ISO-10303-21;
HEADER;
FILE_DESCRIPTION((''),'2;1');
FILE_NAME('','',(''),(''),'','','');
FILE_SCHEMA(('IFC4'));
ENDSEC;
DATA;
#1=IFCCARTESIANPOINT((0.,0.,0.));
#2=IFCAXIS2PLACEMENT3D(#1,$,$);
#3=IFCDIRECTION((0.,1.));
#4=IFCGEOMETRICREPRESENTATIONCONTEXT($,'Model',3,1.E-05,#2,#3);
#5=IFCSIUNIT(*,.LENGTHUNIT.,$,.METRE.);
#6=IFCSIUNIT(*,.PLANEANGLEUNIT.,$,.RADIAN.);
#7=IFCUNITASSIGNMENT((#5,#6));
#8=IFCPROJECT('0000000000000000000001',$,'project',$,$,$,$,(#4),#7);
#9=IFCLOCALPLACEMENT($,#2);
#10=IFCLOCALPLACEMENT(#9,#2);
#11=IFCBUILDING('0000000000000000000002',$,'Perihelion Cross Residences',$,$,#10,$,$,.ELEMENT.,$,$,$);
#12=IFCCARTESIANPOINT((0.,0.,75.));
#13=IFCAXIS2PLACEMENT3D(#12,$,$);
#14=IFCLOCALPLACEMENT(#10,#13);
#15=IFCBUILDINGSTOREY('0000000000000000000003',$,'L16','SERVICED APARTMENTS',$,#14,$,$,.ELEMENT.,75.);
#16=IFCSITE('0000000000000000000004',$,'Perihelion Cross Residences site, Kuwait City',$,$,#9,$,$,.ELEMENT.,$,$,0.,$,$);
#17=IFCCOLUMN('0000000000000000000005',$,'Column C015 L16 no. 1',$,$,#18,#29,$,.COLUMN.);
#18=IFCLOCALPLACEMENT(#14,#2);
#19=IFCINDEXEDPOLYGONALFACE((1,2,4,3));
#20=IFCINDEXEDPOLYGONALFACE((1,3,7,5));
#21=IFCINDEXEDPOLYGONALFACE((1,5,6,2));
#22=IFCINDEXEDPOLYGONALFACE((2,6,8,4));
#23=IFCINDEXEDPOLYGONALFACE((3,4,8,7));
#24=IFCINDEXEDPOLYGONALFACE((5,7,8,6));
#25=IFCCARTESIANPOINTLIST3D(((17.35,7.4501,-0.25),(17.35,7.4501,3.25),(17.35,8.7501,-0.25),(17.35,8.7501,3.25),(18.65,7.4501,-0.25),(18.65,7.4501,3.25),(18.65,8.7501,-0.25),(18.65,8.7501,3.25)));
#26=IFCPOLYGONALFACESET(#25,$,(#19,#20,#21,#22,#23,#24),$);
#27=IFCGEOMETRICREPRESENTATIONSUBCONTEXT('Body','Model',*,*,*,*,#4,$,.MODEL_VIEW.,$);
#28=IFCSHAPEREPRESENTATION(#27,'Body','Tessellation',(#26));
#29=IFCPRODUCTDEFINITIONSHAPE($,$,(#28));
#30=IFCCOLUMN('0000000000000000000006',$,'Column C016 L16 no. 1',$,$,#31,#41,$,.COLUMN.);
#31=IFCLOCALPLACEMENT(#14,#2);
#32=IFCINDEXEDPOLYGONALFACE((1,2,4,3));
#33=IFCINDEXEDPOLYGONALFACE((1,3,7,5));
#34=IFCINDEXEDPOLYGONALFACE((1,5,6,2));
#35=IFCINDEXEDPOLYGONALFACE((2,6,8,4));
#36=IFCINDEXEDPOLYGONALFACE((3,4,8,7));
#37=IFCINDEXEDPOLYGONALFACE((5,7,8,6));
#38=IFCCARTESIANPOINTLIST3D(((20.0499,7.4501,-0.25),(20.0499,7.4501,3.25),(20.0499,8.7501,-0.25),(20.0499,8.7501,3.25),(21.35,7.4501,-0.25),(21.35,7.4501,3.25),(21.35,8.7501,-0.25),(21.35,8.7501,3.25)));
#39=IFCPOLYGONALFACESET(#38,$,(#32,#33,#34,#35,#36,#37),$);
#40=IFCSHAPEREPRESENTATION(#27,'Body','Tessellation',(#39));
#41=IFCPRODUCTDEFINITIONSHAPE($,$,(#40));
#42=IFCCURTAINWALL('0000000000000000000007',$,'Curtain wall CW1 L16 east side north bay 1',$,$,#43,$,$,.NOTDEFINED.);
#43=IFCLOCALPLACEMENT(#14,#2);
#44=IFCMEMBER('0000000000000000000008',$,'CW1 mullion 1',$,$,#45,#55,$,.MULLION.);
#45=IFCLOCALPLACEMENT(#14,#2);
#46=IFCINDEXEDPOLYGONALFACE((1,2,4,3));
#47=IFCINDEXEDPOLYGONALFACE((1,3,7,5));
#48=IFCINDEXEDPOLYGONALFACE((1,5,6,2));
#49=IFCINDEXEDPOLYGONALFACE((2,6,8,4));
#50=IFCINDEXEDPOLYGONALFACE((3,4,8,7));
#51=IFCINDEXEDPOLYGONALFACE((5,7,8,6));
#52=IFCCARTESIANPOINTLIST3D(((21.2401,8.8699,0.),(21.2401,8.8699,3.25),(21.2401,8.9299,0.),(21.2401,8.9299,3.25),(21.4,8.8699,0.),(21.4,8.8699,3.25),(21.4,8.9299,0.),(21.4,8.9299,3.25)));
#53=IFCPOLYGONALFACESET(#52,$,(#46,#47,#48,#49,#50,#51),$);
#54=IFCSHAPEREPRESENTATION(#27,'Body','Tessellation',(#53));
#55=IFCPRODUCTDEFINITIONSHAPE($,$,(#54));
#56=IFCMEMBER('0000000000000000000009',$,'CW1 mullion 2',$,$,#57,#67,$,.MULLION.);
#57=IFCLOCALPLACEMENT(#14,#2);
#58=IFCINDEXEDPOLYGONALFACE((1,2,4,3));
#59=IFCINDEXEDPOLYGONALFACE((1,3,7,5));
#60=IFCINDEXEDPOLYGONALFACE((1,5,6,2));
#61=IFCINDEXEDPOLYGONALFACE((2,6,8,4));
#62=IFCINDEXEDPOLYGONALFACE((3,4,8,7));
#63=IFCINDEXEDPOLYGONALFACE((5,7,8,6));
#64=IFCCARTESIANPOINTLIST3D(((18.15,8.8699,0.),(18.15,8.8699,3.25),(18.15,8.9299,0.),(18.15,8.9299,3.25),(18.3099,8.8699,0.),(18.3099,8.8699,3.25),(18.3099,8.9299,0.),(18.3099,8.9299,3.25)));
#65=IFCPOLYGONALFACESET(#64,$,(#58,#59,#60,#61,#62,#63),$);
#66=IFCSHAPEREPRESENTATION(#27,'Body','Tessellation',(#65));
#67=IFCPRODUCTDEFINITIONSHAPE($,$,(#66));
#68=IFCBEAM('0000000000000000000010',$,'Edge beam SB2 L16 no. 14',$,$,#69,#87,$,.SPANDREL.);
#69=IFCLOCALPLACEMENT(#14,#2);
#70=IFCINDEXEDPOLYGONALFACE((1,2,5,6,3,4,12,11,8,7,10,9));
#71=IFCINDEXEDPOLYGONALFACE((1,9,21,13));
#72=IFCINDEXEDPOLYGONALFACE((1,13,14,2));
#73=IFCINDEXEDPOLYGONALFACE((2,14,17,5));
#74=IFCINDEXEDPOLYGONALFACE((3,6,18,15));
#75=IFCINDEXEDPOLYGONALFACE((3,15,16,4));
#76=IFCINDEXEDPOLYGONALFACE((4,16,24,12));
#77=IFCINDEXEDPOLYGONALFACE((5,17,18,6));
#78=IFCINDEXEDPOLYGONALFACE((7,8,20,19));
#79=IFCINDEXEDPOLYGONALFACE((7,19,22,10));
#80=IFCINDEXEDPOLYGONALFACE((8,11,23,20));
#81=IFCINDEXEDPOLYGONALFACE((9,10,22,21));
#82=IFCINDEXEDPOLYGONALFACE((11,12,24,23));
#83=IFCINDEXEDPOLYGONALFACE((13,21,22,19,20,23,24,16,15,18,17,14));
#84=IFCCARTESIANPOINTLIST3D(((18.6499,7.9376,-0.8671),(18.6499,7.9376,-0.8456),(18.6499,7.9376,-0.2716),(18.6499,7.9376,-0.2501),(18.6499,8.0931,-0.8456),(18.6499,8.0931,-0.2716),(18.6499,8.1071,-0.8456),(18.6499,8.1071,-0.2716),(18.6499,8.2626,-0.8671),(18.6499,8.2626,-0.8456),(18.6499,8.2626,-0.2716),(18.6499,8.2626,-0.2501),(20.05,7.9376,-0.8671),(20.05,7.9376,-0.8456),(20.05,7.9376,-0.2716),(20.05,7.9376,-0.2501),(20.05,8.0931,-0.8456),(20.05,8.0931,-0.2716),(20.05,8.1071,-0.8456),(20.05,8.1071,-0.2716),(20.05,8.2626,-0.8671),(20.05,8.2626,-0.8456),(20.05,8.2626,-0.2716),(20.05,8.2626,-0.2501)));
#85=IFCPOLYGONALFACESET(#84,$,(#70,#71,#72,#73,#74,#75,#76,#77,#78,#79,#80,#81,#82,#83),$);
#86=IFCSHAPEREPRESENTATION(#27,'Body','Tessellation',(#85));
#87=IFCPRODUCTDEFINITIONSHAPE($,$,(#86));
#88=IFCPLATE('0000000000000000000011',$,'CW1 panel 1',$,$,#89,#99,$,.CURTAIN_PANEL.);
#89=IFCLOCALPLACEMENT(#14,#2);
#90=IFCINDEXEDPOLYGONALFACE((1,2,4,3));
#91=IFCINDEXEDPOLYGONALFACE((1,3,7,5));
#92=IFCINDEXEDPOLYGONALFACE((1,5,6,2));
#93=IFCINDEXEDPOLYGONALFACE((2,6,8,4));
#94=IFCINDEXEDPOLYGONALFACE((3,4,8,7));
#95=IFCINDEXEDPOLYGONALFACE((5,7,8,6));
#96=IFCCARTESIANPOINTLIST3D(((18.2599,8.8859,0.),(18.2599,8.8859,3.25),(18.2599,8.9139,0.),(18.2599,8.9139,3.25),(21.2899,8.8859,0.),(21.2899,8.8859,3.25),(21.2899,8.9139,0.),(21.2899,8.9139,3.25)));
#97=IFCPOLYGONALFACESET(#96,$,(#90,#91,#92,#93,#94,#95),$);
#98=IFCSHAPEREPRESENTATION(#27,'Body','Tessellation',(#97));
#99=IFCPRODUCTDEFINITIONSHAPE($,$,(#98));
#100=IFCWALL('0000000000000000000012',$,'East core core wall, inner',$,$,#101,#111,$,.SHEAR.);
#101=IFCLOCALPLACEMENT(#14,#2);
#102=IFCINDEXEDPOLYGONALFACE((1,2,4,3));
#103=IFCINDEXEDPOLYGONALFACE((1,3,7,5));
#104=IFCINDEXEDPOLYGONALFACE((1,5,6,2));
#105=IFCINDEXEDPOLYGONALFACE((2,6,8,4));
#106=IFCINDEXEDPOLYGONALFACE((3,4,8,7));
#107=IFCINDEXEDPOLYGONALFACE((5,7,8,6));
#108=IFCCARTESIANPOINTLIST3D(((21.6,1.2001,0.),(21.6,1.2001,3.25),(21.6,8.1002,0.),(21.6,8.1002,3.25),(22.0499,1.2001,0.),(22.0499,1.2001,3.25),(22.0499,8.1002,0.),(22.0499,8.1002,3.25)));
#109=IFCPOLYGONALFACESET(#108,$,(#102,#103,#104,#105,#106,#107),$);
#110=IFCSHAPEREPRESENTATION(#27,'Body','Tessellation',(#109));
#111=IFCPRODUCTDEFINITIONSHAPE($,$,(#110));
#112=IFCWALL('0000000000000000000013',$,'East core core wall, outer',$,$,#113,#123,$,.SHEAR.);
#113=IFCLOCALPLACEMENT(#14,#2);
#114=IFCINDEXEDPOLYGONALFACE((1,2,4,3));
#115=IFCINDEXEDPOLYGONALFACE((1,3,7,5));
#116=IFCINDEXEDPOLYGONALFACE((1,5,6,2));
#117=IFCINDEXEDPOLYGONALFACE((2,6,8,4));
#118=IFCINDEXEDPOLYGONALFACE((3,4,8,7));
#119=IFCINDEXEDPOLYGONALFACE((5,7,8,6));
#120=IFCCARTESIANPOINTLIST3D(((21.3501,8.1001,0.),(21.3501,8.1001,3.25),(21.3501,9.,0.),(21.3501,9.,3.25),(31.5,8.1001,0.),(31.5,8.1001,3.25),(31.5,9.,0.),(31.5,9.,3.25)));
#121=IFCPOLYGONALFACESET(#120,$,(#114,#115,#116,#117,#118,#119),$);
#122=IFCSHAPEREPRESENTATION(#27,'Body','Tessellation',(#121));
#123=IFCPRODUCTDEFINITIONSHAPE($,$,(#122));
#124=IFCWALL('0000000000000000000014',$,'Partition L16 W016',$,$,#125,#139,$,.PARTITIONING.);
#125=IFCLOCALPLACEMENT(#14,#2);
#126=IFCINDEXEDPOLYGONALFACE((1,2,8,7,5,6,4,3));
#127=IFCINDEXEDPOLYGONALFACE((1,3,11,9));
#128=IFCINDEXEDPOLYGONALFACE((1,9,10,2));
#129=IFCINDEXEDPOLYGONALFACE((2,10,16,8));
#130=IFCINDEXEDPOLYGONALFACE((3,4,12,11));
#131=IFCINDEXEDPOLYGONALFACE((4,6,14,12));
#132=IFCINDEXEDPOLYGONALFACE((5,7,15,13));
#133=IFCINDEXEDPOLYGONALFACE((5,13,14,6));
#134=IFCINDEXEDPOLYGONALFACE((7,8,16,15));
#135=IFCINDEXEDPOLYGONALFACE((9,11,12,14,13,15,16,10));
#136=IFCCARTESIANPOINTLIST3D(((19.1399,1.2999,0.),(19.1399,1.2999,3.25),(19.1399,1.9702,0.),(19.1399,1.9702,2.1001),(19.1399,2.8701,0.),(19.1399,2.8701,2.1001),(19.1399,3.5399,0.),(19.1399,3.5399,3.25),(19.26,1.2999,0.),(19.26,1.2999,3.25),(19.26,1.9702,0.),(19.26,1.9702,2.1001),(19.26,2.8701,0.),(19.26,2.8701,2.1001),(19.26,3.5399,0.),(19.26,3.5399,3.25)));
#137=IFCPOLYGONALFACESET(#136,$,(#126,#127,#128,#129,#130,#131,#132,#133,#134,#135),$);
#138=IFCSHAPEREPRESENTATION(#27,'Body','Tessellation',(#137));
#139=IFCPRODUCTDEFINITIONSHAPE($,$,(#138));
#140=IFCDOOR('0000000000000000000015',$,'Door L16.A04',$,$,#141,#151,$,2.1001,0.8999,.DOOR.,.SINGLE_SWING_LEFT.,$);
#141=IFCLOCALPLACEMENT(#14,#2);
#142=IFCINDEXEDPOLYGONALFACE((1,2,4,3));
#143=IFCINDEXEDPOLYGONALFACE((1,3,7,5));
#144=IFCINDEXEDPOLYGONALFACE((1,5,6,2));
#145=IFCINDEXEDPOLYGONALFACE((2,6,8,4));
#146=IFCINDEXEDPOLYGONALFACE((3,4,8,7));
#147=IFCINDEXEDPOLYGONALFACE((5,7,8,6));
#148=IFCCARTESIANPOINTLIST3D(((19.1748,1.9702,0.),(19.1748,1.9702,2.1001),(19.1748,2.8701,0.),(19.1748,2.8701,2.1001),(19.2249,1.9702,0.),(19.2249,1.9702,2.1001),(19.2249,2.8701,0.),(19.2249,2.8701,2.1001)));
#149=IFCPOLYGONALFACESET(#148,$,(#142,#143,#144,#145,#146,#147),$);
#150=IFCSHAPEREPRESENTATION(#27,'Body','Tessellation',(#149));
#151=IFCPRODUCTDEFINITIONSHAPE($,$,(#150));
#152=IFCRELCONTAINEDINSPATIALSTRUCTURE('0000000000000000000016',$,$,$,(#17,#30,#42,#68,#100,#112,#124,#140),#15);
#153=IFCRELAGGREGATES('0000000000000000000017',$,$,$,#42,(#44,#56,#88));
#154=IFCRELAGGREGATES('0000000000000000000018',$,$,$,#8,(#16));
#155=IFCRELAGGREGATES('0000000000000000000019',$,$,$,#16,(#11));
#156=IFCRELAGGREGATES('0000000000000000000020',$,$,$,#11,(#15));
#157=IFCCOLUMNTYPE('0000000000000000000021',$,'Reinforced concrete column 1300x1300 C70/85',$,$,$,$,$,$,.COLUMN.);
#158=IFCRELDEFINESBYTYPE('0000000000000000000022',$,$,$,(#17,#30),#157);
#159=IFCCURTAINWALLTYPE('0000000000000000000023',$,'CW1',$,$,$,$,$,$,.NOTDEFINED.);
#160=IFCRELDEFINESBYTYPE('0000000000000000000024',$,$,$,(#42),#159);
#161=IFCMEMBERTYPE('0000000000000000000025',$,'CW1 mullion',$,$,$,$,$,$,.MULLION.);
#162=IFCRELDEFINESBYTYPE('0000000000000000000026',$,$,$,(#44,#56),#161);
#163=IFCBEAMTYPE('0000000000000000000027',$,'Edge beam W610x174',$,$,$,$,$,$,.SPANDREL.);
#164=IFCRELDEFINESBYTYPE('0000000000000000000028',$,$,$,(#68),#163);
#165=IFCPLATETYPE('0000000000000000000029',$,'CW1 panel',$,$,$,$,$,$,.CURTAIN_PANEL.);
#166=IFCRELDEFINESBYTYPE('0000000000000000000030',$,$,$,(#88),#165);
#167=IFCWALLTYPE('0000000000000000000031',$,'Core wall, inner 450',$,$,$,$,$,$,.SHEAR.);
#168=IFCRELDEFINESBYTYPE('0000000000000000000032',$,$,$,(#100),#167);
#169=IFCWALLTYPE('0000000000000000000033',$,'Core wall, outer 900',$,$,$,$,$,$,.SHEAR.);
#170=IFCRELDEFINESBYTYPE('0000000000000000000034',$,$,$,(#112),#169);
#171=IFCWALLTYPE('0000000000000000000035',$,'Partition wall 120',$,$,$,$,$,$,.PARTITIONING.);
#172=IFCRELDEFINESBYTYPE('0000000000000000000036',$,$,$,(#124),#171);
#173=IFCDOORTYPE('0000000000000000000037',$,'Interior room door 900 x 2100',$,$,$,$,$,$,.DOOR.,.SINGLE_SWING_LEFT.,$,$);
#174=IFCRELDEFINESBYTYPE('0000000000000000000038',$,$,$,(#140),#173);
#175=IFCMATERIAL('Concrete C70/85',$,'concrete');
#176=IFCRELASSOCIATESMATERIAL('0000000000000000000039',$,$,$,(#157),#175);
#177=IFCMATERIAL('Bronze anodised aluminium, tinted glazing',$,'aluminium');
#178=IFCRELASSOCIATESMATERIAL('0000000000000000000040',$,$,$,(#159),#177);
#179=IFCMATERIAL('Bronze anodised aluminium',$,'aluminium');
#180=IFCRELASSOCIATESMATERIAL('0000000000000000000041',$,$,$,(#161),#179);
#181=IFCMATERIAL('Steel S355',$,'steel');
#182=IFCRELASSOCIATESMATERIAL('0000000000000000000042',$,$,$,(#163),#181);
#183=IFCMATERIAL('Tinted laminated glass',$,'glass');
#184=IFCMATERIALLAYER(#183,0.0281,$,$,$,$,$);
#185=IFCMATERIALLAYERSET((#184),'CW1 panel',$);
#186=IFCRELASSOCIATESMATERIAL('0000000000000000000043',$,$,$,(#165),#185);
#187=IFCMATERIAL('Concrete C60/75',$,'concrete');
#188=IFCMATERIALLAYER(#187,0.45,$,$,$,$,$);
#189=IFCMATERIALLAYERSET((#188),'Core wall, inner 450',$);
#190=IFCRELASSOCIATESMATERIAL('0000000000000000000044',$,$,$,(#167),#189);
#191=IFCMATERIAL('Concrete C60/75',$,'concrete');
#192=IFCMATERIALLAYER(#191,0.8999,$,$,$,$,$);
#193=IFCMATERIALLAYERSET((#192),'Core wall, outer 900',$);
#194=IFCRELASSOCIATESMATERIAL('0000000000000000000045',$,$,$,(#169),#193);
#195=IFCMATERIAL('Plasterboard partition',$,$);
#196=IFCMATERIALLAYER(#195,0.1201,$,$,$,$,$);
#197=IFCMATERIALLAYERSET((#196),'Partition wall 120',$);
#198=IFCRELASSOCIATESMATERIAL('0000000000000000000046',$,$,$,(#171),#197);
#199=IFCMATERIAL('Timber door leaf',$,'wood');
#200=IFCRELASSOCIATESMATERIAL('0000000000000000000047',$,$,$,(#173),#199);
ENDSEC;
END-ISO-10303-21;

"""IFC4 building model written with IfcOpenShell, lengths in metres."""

from ifc_helpers import new_model, si_unit, direction, frame, frame_2d, origin, origin_2d, place, context, subcontext, project, spatial, rectangle, i_section, extrude, material, layer, layer_set, material_profile, profile_set, type_object, element, fill, aggregate, save


model = new_model("IFC4")

# Units and contexts
model_context = context("Model", 3, precision=1e-05, world=origin(), true_north=direction((0.0, 1.0)))
body_context = subcontext(model_context, "Body", "Model", "MODEL_VIEW")
ifc_project = project(units=[si_unit("LENGTHUNIT", "METRE"), si_unit("PLANEANGLEUNIT", "RADIAN")], contexts=[model_context])

# Site, building, storey
site_placement = place(None, origin())
site = spatial("IfcSite", under=ifc_project, at=site_placement, Name="Perihelion Cross Residences site, Kuwait City", CompositionType="ELEMENT", RefElevation=0.0)
building_placement = place(site_placement, origin())
building = spatial("IfcBuilding", under=site, at=building_placement, Name="Perihelion Cross Residences", CompositionType="ELEMENT")
storey_placement = place(building_placement, frame((0.0, 0.0, 75.0)))
storey = spatial("IfcBuildingStorey", under=building, at=storey_placement, Name="L16", Description="SERVICED APARTMENTS", CompositionType="ELEMENT", Elevation=75.0)

# Columns
ifc_material_1 = material(Name="Concrete C70/85", Category="concrete")
ifc_material_profile_1 = material_profile(ifc_material_1, rectangle(XDim=1.3, YDim=1.3, at=origin_2d()), Name="RC 1300x1300")
ifc_profile_set_1 = profile_set([ifc_material_profile_1], Name="Concrete C70/85")
column_type = type_object("IfcColumnType", Name="Reinforced concrete column 1300x1300 C70/85", PredefinedType="COLUMN", material=ifc_profile_set_1)
for number, where, z_axis, x_axis, name in (
    (1, (18.0, 8.1001, -0.25), (0.0, 0.0, 1.0), (1.0, 0.0, 0.0), "Column C015 L16 no. 1"),
    (2, (20.7, 8.1001, -0.25), (0.0, 0.0, 1.0), (1.0, 0.0, 0.0), "Column C016 L16 no. 1"),
):
    element("IfcColumn", number, at=place(storey_placement, frame(where, z_axis=z_axis, x_axis=x_axis)), inside=storey, type_object=column_type, Name=name, PredefinedType="COLUMN", context=body_context, shape_type="SweptSolid", body=[
        extrude(rectangle(XDim=1.3, YDim=1.3, at=origin_2d()), origin(), (0.0, 0.0, 1.0), 3.5),
    ])

# Curtain wall, members
ifc_material_2 = material(Name="Bronze anodised aluminium, tinted glazing", Category="aluminium")
curtain_wall_type = type_object("IfcCurtainWallType", Name="CW1", PredefinedType="NOTDEFINED", material=ifc_material_2)
curtain_wall_placement = place(storey_placement, origin())
curtain_wall = element("IfcCurtainWall", 3, at=curtain_wall_placement, inside=storey, type_object=curtain_wall_type, Name="Curtain wall CW1 L16 east side north bay 1", PredefinedType="NOTDEFINED")
ifc_material_3 = material(Name="Bronze anodised aluminium", Category="aluminium")
ifc_material_profile_2 = material_profile(ifc_material_3, rectangle(XDim=0.0601, YDim=0.1599, at=origin_2d()), Name="CW1 mullion")
ifc_profile_set_2 = profile_set([ifc_material_profile_2], Name="Bronze anodised aluminium")
member_type = type_object("IfcMemberType", Name="CW1 mullion", PredefinedType="MULLION", material=ifc_profile_set_2)
member_1_placement = place(storey_placement, frame((21.3201, 8.8999, 0.0), z_axis=(0.0, 0.0, 1.0), x_axis=(0.0, -1.0, 0.0)))
member_1 = element("IfcMember", 4, at=member_1_placement, type_object=member_type, Name="CW1 mullion 1", PredefinedType="MULLION", context=body_context, shape_type="SweptSolid", body=[
    extrude(rectangle(XDim=0.0601, YDim=0.1599, at=origin_2d()), origin(), (0.0, 0.0, 1.0), 3.25),
])
member_2_placement = place(storey_placement, frame((18.23, 8.8999, 0.0), z_axis=(0.0, 0.0, 1.0), x_axis=(0.0, -1.0, 0.0)))
member_2 = element("IfcMember", 5, at=member_2_placement, type_object=member_type, Name="CW1 mullion 2", PredefinedType="MULLION", context=body_context, shape_type="SweptSolid", body=[
    extrude(rectangle(XDim=0.0601, YDim=0.1599, at=origin_2d()), origin(), (0.0, 0.0, 1.0), 3.25),
])

# Beam
ifc_material_4 = material(Name="Steel S355", Category="steel")
ifc_material_profile_3 = material_profile(ifc_material_4, i_section(OverallWidth=0.325, OverallDepth=0.6169, WebThickness=0.0139, FlangeThickness=0.0215, at=origin_2d()), Name="W610x174")
ifc_profile_set_3 = profile_set([ifc_material_profile_3], Name="Steel S355")
beam_type = type_object("IfcBeamType", Name="Edge beam W610x174", PredefinedType="SPANDREL", material=ifc_profile_set_3)
beam_placement = place(storey_placement, frame((20.05, 8.1001, -0.5586), z_axis=(-1.0, 0.0, 0.0), x_axis=(0.0, -1.0, 0.0)))
element("IfcBeam", 6, at=beam_placement, inside=storey, type_object=beam_type, Name="Edge beam SB2 L16 no. 14", PredefinedType="SPANDREL", context=body_context, shape_type="SweptSolid", body=[
    extrude(i_section(OverallWidth=0.325, OverallDepth=0.6169, WebThickness=0.0139, FlangeThickness=0.0215, at=origin_2d()), origin(), (0.0, 0.0, 1.0), 1.4001),
])

# Plate
ifc_material_5 = material(Name="Tinted laminated glass", Category="glass")
ifc_layer_1 = layer(ifc_material_5, 0.0281)
ifc_layer_set_1 = layer_set([ifc_layer_1], Name="CW1 panel")
plate_type = type_object("IfcPlateType", Name="CW1 panel", PredefinedType="CURTAIN_PANEL", material=ifc_layer_set_1)
plate_placement = place(storey_placement, frame((19.7749, 8.8999, 0.0), z_axis=(0.0, 0.0, 1.0), x_axis=(-1.0, 0.0, 0.0)))
plate = element("IfcPlate", 7, at=plate_placement, type_object=plate_type, Name="CW1 panel 1", PredefinedType="CURTAIN_PANEL", context=body_context, shape_type="SweptSolid", body=[
    extrude(rectangle(XDim=3.03, YDim=0.0281, at=origin_2d()), origin(), (0.0, 0.0, 1.0), 3.25),
])
aggregate(curtain_wall, [member_1, member_2, plate])

# Walls
ifc_material_6 = material(Name="Concrete C60/75", Category="concrete")
ifc_layer_2 = layer(ifc_material_6, 0.45)
ifc_layer_set_2 = layer_set([ifc_layer_2], Name="Core wall, inner 450")
wall_type_1 = type_object("IfcWallType", Name="Core wall, inner 450", PredefinedType="SHEAR", material=ifc_layer_set_2)
wall_1_placement = place(storey_placement, frame((21.825, 1.2, 0.0), z_axis=(0.0, 0.0, 1.0), x_axis=(0.0, 1.0, 0.0)))
element("IfcWall", 8, at=wall_1_placement, inside=storey, type_object=wall_type_1, Name="East core core wall, inner", PredefinedType="SHEAR", context=body_context, shape_type="SweptSolid", body=[
    extrude(rectangle(XDim=6.9001, YDim=0.45, at=frame_2d((3.4502, 0.0))), origin(), (0.0, 0.0, 1.0), 3.25),
])
ifc_material_7 = material(Name="Concrete C60/75", Category="concrete")
ifc_layer_3 = layer(ifc_material_7, 0.8999)
ifc_layer_set_3 = layer_set([ifc_layer_3], Name="Core wall, outer 900")
wall_type_2 = type_object("IfcWallType", Name="Core wall, outer 900", PredefinedType="SHEAR", material=ifc_layer_set_3)
wall_2_placement = place(storey_placement, frame((21.3501, 8.55, 0.0), z_axis=(0.0, 0.0, 1.0), x_axis=(1.0, 0.0, 0.0)))
element("IfcWall", 9, at=wall_2_placement, inside=storey, type_object=wall_type_2, Name="East core core wall, outer", PredefinedType="SHEAR", context=body_context, shape_type="SweptSolid", body=[
    extrude(rectangle(XDim=10.1499, YDim=0.8999, at=frame_2d((5.075, 0.0))), origin(), (0.0, 0.0, 1.0), 3.25),
])

# Wall, opening, door
ifc_material_8 = material(Name="Plasterboard partition")
ifc_layer_4 = layer(ifc_material_8, 0.1201)
ifc_layer_set_4 = layer_set([ifc_layer_4], Name="Partition wall 120")
wall_type_3 = type_object("IfcWallType", Name="Partition wall 120", PredefinedType="PARTITIONING", material=ifc_layer_set_4)
wall_3_placement = place(storey_placement, frame((19.2, 3.54, 0.0), z_axis=(0.0, 0.0, 1.0), x_axis=(0.0, -1.0, 0.0)))
wall_3 = element("IfcWall", 10, at=wall_3_placement, inside=storey, type_object=wall_type_3, Name="Partition L16 W016", PredefinedType="PARTITIONING", context=body_context, shape_type="SweptSolid", body=[
    extrude(rectangle(XDim=2.24, YDim=0.1201, at=frame_2d((1.1201, 0.0))), origin(), (0.0, 0.0, 1.0), 3.25),
])
opening_1_placement = place(wall_3_placement, frame((0.6699, 0.0, 0.0)))
opening_1 = element("IfcOpeningElement", 11, at=opening_1_placement, cuts=wall_3, PredefinedType="OPENING", context=body_context, shape_type="SweptSolid", body=[
    extrude(rectangle(XDim=0.8999, YDim=2.1001, at=frame_2d((0.45, 1.05))), frame((0.0, 0.0701, 0.0), z_axis=(0.0, -1.0, 0.0), x_axis=(1.0, 0.0, 0.0)), (0.0, 0.0, 1.0), 0.1401),
])
ifc_material_9 = material(Name="Timber door leaf", Category="wood")
door_type_1 = type_object("IfcDoorType", Name="Interior room door 900 x 2100", OperationType="SINGLE_SWING_LEFT", PredefinedType="DOOR", material=ifc_material_9)
door_1_placement = place(opening_1_placement, origin())
door_1 = element("IfcDoor", 12, at=door_1_placement, inside=storey, type_object=door_type_1, Name="Door L16.A04", OperationType="SINGLE_SWING_LEFT", OverallHeight=2.1001, OverallWidth=0.8999, PredefinedType="DOOR", context=body_context, shape_type="SweptSolid", body=[
    extrude(rectangle(XDim=0.8999, YDim=2.1001, at=frame_2d((0.45, 1.05))), frame((0.0, 0.0249, 0.0), z_axis=(0.0, -1.0, 0.0), x_axis=(1.0, 0.0, 0.0)), (0.0, 0.0, 1.0), 0.05),
])
fill(opening_1, door_1)

save(model, "model.ifc")
